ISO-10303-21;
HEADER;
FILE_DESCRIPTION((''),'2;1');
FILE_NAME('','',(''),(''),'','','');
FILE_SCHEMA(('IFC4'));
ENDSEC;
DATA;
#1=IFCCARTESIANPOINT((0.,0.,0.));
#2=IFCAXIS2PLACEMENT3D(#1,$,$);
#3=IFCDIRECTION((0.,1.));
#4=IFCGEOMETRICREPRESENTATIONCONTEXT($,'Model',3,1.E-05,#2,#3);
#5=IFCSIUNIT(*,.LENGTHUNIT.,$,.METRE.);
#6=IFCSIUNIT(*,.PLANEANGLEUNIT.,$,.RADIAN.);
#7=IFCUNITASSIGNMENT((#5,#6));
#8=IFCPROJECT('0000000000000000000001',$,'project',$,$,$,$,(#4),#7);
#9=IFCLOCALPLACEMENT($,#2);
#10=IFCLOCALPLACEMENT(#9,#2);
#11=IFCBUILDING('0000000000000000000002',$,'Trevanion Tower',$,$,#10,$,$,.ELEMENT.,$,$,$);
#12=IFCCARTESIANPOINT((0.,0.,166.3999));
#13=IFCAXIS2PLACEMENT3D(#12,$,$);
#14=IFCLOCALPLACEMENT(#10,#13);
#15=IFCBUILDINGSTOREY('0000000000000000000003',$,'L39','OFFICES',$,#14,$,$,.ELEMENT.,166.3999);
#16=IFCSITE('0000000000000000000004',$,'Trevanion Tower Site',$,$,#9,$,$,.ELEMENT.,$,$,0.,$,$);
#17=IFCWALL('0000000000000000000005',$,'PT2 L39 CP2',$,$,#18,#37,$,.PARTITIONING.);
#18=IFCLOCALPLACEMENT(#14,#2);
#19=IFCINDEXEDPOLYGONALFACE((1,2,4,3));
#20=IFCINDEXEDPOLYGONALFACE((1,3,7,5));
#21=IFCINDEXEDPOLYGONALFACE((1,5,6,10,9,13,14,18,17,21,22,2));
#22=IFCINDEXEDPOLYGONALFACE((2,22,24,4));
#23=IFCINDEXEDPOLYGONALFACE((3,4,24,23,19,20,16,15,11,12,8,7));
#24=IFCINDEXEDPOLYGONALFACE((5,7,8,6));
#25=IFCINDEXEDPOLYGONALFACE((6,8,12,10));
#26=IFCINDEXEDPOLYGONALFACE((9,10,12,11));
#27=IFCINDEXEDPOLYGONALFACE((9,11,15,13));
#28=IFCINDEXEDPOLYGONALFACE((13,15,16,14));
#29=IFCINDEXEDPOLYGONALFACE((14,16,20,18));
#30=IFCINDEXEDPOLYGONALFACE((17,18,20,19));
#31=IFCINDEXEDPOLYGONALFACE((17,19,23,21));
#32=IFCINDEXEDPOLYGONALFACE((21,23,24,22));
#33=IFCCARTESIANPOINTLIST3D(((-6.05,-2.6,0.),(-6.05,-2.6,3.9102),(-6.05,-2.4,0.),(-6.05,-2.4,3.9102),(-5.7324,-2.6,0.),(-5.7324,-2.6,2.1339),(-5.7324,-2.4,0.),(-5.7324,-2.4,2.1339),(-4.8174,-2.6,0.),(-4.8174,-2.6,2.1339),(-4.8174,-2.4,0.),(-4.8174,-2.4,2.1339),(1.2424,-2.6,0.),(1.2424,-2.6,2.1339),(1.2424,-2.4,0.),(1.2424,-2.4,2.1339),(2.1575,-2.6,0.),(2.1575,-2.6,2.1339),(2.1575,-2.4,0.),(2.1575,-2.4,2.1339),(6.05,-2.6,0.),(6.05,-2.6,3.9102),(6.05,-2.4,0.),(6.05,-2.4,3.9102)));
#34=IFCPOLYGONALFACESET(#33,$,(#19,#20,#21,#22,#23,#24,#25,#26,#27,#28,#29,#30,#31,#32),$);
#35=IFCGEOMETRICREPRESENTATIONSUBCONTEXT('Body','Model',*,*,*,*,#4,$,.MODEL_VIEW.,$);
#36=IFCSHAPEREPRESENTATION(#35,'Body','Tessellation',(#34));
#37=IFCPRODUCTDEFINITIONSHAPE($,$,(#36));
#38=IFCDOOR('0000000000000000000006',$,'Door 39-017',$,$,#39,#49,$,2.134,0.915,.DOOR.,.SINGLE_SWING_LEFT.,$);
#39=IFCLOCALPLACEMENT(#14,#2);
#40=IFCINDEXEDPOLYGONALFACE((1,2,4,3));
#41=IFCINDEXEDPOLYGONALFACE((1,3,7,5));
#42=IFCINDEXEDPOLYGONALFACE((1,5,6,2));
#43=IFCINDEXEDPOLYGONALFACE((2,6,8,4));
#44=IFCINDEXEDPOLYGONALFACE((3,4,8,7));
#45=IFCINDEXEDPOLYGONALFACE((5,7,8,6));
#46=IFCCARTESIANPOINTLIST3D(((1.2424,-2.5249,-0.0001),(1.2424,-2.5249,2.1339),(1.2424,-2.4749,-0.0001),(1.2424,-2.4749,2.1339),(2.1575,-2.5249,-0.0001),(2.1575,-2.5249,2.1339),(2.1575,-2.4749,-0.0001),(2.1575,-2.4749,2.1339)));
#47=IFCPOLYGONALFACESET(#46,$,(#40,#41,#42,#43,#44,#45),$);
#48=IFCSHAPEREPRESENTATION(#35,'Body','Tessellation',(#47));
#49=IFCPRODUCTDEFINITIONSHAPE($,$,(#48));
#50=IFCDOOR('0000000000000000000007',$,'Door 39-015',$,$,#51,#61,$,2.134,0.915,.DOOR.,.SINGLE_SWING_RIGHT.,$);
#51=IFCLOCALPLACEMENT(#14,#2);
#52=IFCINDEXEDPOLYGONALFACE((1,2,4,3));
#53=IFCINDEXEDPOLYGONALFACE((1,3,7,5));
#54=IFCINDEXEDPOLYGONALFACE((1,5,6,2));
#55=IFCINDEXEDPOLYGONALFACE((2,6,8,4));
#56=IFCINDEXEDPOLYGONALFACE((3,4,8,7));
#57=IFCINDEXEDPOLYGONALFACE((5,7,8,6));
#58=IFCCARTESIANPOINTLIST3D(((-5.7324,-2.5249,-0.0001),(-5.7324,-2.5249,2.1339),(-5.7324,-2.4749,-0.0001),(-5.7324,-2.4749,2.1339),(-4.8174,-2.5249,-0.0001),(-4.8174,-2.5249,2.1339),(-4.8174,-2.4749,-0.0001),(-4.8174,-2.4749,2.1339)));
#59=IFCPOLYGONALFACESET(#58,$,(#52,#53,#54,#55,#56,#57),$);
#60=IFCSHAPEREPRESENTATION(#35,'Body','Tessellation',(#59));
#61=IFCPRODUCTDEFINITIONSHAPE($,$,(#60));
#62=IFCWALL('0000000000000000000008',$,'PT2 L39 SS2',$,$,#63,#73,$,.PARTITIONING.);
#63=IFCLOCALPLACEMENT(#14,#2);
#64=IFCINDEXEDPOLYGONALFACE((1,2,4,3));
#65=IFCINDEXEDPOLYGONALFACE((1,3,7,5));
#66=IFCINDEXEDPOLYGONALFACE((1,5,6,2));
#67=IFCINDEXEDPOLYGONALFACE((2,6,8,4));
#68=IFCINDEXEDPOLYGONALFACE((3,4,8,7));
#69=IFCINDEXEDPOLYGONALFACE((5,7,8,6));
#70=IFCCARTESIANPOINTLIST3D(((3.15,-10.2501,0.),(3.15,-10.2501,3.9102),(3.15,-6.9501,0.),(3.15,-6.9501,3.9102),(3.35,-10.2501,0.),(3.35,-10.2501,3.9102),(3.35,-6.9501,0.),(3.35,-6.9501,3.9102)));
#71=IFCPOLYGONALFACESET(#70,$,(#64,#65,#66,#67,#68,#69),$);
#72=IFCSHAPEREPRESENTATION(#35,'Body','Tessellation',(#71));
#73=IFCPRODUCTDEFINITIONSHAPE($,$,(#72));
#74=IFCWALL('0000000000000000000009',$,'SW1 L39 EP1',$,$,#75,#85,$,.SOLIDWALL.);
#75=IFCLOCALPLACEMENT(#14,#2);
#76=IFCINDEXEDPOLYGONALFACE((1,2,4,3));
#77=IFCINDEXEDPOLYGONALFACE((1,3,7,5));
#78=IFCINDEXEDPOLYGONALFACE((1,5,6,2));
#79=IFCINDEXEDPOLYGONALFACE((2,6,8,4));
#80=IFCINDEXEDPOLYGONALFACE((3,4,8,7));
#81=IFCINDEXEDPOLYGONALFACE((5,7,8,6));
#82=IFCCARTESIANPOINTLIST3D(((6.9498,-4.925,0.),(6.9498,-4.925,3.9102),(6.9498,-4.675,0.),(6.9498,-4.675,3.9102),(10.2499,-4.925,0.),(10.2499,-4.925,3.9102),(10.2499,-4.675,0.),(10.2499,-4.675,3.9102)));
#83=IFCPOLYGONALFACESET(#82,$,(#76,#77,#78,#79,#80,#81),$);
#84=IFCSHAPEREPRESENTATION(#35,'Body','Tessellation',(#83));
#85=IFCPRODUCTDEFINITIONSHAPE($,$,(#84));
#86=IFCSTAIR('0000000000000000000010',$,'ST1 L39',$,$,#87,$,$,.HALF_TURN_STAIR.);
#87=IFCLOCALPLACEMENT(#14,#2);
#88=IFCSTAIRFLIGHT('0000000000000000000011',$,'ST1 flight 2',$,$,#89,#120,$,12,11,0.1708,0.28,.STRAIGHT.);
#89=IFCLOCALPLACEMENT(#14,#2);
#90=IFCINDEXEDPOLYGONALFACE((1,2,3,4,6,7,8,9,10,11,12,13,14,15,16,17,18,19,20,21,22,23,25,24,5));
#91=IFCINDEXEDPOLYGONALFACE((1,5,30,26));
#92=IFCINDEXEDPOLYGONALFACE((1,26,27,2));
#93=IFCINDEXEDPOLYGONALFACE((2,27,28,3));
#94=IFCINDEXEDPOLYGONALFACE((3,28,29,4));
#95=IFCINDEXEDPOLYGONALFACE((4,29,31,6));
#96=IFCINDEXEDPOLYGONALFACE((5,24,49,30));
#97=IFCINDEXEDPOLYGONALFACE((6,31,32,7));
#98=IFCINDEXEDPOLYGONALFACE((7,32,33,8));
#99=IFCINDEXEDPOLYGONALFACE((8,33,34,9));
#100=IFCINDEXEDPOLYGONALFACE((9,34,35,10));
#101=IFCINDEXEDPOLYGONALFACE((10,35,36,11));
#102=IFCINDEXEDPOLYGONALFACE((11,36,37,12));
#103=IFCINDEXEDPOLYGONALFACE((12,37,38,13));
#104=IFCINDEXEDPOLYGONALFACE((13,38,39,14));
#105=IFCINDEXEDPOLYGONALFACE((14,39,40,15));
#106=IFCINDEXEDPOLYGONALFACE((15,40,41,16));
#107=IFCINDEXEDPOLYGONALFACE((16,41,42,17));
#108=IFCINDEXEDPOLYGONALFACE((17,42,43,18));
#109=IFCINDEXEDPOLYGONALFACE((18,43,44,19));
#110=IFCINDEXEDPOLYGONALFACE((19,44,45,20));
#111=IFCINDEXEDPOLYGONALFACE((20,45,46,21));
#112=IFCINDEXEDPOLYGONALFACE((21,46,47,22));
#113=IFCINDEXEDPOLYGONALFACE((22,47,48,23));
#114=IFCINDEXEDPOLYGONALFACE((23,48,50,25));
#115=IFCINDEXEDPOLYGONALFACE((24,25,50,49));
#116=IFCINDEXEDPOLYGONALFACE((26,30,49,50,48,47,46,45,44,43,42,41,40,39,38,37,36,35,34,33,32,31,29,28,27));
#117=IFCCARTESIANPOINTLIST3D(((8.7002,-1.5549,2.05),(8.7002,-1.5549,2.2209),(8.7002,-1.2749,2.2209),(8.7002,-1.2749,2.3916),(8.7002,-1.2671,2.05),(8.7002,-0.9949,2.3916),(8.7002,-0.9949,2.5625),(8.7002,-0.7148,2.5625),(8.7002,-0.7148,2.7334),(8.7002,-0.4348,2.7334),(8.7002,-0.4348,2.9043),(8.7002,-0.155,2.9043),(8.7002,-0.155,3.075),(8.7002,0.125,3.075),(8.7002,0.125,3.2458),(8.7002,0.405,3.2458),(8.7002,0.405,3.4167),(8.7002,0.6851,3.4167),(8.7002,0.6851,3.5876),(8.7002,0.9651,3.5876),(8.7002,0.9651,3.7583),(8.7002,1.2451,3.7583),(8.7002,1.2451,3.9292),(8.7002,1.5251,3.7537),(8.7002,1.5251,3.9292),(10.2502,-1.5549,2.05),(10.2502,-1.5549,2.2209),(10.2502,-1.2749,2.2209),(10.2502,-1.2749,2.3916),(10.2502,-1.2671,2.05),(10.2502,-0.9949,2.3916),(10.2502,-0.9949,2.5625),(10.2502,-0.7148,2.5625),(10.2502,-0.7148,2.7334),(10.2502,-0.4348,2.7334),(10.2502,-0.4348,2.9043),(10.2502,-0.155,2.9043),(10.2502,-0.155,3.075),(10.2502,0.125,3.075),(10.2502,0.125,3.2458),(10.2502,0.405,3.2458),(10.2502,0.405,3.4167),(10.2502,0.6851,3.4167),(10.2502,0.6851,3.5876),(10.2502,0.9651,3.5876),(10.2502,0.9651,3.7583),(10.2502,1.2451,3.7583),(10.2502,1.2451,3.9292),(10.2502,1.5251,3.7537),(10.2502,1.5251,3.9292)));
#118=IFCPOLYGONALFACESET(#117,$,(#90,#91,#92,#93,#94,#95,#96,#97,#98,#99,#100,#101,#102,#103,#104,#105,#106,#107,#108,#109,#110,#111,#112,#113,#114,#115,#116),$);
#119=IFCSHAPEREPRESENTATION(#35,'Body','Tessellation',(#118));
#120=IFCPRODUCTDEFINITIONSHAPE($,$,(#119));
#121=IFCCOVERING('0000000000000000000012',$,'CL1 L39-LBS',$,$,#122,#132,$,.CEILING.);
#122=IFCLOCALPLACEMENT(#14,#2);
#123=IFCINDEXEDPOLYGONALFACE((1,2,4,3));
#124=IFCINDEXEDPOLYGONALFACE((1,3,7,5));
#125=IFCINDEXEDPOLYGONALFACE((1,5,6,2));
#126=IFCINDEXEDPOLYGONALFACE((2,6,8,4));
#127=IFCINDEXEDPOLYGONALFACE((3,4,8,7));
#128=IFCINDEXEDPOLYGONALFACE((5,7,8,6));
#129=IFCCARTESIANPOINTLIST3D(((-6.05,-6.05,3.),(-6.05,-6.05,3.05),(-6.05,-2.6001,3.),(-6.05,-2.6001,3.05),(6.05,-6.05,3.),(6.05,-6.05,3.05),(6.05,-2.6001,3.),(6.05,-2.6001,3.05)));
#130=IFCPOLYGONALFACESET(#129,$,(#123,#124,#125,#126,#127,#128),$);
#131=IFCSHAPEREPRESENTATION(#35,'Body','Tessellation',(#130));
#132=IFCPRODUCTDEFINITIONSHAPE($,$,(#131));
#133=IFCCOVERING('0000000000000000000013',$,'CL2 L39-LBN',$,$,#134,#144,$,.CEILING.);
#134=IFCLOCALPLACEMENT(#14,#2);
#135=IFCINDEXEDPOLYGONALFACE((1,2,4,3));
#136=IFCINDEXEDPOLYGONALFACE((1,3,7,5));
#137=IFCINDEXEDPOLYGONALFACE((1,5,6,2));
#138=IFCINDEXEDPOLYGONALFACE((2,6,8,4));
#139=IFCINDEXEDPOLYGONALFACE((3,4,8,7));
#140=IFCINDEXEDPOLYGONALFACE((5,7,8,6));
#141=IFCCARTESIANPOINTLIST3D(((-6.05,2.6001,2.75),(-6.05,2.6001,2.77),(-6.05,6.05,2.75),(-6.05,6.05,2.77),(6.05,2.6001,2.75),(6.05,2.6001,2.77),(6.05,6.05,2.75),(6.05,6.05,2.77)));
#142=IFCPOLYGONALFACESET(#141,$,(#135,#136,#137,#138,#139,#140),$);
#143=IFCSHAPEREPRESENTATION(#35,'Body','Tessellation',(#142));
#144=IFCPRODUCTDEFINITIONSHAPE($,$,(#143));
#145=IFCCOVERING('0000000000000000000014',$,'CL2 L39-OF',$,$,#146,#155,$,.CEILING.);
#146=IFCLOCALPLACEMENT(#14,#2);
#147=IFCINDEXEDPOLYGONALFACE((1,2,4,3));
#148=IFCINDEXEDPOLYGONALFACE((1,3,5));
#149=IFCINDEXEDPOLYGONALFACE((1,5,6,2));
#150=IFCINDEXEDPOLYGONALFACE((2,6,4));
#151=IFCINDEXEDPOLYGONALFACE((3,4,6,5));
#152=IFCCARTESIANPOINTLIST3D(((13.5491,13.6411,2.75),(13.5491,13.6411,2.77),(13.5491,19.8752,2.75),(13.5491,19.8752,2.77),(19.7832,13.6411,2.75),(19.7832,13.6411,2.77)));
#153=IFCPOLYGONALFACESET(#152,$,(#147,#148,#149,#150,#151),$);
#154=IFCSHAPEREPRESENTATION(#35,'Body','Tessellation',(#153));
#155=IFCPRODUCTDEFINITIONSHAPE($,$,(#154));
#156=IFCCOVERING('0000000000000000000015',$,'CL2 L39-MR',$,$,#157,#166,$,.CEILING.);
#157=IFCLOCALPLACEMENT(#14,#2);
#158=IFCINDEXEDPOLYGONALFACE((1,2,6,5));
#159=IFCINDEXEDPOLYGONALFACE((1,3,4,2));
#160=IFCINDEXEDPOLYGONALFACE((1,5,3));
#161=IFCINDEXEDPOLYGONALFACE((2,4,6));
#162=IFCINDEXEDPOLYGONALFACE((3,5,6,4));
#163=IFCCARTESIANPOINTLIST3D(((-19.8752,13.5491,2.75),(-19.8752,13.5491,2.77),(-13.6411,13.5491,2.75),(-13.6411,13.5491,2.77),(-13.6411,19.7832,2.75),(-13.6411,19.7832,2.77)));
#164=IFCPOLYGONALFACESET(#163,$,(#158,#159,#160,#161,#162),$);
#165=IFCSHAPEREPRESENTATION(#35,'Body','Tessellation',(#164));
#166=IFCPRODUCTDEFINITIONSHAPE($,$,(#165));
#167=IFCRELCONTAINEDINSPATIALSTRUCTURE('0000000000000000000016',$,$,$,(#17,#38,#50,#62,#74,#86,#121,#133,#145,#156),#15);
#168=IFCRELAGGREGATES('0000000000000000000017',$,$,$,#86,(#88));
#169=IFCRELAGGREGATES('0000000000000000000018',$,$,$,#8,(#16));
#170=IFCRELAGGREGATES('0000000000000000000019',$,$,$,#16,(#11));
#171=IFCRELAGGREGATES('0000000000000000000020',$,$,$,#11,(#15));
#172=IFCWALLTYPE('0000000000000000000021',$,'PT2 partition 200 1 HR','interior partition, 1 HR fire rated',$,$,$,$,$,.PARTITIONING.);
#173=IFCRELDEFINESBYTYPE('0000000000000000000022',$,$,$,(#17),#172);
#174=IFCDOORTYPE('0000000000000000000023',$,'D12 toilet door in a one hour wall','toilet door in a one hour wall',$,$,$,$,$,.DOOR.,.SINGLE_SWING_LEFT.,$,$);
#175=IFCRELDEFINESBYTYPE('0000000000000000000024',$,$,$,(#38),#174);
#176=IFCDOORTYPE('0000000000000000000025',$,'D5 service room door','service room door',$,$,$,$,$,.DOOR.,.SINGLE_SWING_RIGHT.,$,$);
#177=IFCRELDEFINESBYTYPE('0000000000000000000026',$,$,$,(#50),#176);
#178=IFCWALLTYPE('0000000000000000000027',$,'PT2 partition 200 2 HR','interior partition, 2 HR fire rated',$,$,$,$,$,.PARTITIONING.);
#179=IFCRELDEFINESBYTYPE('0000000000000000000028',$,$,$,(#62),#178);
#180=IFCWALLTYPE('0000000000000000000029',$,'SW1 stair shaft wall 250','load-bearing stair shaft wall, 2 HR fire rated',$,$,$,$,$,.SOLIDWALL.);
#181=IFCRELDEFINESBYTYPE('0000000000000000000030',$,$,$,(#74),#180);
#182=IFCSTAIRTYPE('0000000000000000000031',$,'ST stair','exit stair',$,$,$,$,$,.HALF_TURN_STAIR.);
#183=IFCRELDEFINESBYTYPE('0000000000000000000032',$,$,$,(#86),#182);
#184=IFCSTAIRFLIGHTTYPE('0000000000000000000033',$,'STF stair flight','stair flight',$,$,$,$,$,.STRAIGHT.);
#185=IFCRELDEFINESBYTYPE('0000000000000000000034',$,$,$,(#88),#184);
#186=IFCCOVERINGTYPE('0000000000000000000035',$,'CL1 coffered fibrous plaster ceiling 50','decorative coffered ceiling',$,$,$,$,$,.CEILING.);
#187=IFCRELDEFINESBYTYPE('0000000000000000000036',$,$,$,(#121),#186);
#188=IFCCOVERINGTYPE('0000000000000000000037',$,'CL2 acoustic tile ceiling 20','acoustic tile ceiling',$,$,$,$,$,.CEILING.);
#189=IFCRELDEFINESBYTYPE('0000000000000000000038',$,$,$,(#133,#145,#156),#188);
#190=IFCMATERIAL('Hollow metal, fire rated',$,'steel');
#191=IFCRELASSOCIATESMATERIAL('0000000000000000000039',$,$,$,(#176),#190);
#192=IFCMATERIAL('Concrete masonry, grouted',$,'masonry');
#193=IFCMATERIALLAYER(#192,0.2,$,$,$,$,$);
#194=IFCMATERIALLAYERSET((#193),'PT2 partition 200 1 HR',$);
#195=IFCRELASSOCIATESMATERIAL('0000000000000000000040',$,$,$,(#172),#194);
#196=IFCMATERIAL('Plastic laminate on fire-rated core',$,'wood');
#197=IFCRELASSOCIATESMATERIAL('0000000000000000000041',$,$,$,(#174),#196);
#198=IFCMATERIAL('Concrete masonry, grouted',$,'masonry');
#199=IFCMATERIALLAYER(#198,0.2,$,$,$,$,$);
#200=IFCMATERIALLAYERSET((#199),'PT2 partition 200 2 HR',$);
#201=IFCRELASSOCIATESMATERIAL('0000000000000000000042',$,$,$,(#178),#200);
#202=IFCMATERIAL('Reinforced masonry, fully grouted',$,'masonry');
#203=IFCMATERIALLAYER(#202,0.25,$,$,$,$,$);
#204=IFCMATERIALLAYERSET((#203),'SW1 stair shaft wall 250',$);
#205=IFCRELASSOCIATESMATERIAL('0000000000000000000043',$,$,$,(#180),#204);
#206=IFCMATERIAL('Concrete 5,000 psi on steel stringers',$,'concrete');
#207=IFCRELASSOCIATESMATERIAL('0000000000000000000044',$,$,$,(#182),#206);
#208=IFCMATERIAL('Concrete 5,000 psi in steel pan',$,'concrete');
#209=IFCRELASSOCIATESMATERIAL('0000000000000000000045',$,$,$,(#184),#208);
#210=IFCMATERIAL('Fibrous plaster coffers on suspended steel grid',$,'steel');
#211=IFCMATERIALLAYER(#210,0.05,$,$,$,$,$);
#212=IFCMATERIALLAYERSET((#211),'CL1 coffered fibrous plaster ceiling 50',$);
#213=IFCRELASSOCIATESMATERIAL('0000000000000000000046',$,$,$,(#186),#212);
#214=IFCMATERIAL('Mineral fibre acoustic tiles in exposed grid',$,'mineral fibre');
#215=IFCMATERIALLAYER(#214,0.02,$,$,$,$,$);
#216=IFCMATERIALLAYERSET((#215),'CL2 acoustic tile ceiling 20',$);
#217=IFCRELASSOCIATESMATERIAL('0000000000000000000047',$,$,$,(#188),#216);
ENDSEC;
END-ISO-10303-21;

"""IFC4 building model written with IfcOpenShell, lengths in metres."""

from ifc_helpers import new_model, si_unit, direction, frame, frame_2d, origin, place, context, subcontext, project, spatial, polyline, rectangle, outline, extrude, material, layer, layer_set, type_object, element, fill, aggregate, save


model = new_model("IFC4")

# Units and contexts
model_context = context("Model", 3, precision=1e-05, world=origin(), true_north=direction((0.0, 1.0)))
body_context = subcontext(model_context, "Body", "Model", "MODEL_VIEW")
ifc_project = project(units=[si_unit("LENGTHUNIT", "METRE"), si_unit("PLANEANGLEUNIT", "RADIAN")], contexts=[model_context])

# Site, building, storey
site_placement = place(None, origin())
site = spatial("IfcSite", under=ifc_project, at=site_placement, Name="Trevanion Tower Site", CompositionType="ELEMENT", RefElevation=0.0)
building_placement = place(site_placement, origin())
building = spatial("IfcBuilding", under=site, at=building_placement, Name="Trevanion Tower", CompositionType="ELEMENT")
storey_placement = place(building_placement, frame((0.0, 0.0, 166.3999)))
storey = spatial("IfcBuildingStorey", under=building, at=storey_placement, Name="L39", Description="OFFICES", CompositionType="ELEMENT", Elevation=166.3999)

# Shared definitions
ifc_material_1 = material(Name="Hollow metal, fire rated", Category="steel")
door_type_1 = type_object("IfcDoorType", Name="D5 service room door", Description="service room door", OperationType="SINGLE_SWING_RIGHT", PredefinedType="DOOR", material=ifc_material_1)

# Wall, openings, doors
ifc_material_2 = material(Name="Concrete masonry, grouted", Category="masonry")
ifc_layer_1 = layer(ifc_material_2, 0.2)
ifc_layer_set_1 = layer_set([ifc_layer_1], Name="PT2 partition 200 1 HR")
wall_type_1 = type_object("IfcWallType", Name="PT2 partition 200 1 HR", Description="interior partition, 1 HR fire rated", PredefinedType="PARTITIONING", material=ifc_layer_set_1)
wall_1_placement = place(storey_placement, frame((6.05, -2.5, 0.0), z_axis=(0.0, 0.0, 1.0), x_axis=(-1.0, 0.0, 0.0)))
wall_1 = element("IfcWall", 1, at=wall_1_placement, inside=storey, type_object=wall_type_1, Name="PT2 L39 CP2", PredefinedType="PARTITIONING", context=body_context, shape_type="SweptSolid", body=[
    extrude(rectangle(XDim=12.1001, YDim=0.2, at=frame_2d((6.05, 0.0))), origin(), (0.0, 0.0, 1.0), 3.9102),
])
opening_1_placement = place(wall_1_placement, frame((10.8674, 0.0, 0.0)))
opening_1 = element("IfcOpeningElement", 2, at=opening_1_placement, cuts=wall_1, PredefinedType="OPENING", context=body_context, shape_type="SweptSolid", body=[
    extrude(rectangle(XDim=0.915, YDim=2.134, at=frame_2d((0.4575, 1.0669))), frame((0.0, 0.1099, 0.0), z_axis=(0.0, -1.0, 0.0), x_axis=(1.0, 0.0, 0.0)), (0.0, 0.0, 1.0), 0.22),
])
opening_2_placement = place(wall_1_placement, frame((3.8926, 0.0, 0.0)))
opening_2 = element("IfcOpeningElement", 3, at=opening_2_placement, cuts=wall_1, PredefinedType="OPENING", context=body_context, shape_type="SweptSolid", body=[
    extrude(rectangle(XDim=0.915, YDim=2.134, at=frame_2d((0.4575, 1.0669))), frame((0.0, 0.1099, 0.0), z_axis=(0.0, -1.0, 0.0), x_axis=(1.0, 0.0, 0.0)), (0.0, 0.0, 1.0), 0.22),
])
ifc_material_3 = material(Name="Plastic laminate on fire-rated core", Category="wood")
door_type_2 = type_object("IfcDoorType", Name="D12 toilet door in a one hour wall", Description="toilet door in a one hour wall", OperationType="SINGLE_SWING_LEFT", PredefinedType="DOOR", material=ifc_material_3)
door_1_placement = place(opening_2_placement, origin())
door_1 = element("IfcDoor", 4, at=door_1_placement, inside=storey, type_object=door_type_2, Name="Door 39-017", OperationType="SINGLE_SWING_LEFT", OverallHeight=2.134, OverallWidth=0.915, PredefinedType="DOOR", context=body_context, shape_type="SweptSolid", body=[
    extrude(rectangle(XDim=0.915, YDim=2.134, at=frame_2d((0.4575, 1.0669))), frame((0.0, 0.0249, 0.0), z_axis=(0.0, -1.0, 0.0), x_axis=(1.0, 0.0, 0.0)), (0.0, 0.0, 1.0), 0.05),
])
fill(opening_2, door_1)
door_2_placement = place(opening_1_placement, origin())
door_2 = element("IfcDoor", 5, at=door_2_placement, inside=storey, type_object=door_type_1, Name="Door 39-015", OperationType="SINGLE_SWING_RIGHT", OverallHeight=2.134, OverallWidth=0.915, PredefinedType="DOOR", context=body_context, shape_type="SweptSolid", body=[
    extrude(rectangle(XDim=0.915, YDim=2.134, at=frame_2d((0.4575, 1.0669))), frame((0.0, 0.0249, 0.0), z_axis=(0.0, -1.0, 0.0), x_axis=(1.0, 0.0, 0.0)), (0.0, 0.0, 1.0), 0.05),
])
fill(opening_1, door_2)

# Walls
ifc_material_4 = material(Name="Concrete masonry, grouted", Category="masonry")
ifc_layer_2 = layer(ifc_material_4, 0.2)
ifc_layer_set_2 = layer_set([ifc_layer_2], Name="PT2 partition 200 2 HR")
wall_type_2 = type_object("IfcWallType", Name="PT2 partition 200 2 HR", Description="interior partition, 2 HR fire rated", PredefinedType="PARTITIONING", material=ifc_layer_set_2)
wall_2_placement = place(storey_placement, frame((3.25, -10.25, 0.0), z_axis=(0.0, 0.0, 1.0), x_axis=(0.0, 1.0, 0.0)))
element("IfcWall", 6, at=wall_2_placement, inside=storey, type_object=wall_type_2, Name="PT2 L39 SS2", PredefinedType="PARTITIONING", context=body_context, shape_type="SweptSolid", body=[
    extrude(rectangle(XDim=3.3, YDim=0.2, at=frame_2d((1.6499, 0.0))), origin(), (0.0, 0.0, 1.0), 3.9102),
])
ifc_material_5 = material(Name="Reinforced masonry, fully grouted", Category="masonry")
ifc_layer_3 = layer(ifc_material_5, 0.25)
ifc_layer_set_3 = layer_set([ifc_layer_3], Name="SW1 stair shaft wall 250")
wall_type_3 = type_object("IfcWallType", Name="SW1 stair shaft wall 250", Description="load-bearing stair shaft wall, 2 HR fire rated", PredefinedType="SOLIDWALL", material=ifc_layer_set_3)
wall_3_placement = place(storey_placement, frame((6.95, -4.8, 0.0), z_axis=(0.0, 0.0, 1.0), x_axis=(1.0, 0.0, 0.0)))
element("IfcWall", 7, at=wall_3_placement, inside=storey, type_object=wall_type_3, Name="SW1 L39 EP1", PredefinedType="SOLIDWALL", context=body_context, shape_type="SweptSolid", body=[
    extrude(rectangle(XDim=3.3, YDim=0.25, at=frame_2d((1.6499, 0.0))), origin(), (0.0, 0.0, 1.0), 3.9102),
])

# Stair, stair flight
ifc_material_6 = material(Name="Concrete 5,000 psi on steel stringers", Category="concrete")
stair_type = type_object("IfcStairType", Name="ST stair", Description="exit stair", PredefinedType="HALF_TURN_STAIR", material=ifc_material_6)
stair_placement = place(storey_placement, origin())
stair = element("IfcStair", 8, at=stair_placement, inside=storey, type_object=stair_type, Name="ST1 L39", PredefinedType="HALF_TURN_STAIR")
ifc_material_7 = material(Name="Concrete 5,000 psi in steel pan", Category="concrete")
stair_flight_type = type_object("IfcStairFlightType", Name="STF stair flight", Description="stair flight", PredefinedType="STRAIGHT", material=ifc_material_7)
stair_flight_placement = place(storey_placement, frame((9.4751, -1.5549, 2.05), z_axis=(0.0, 0.0, 1.0), x_axis=(0.0, 1.0, 0.0)))
stair_flight = element("IfcStairFlight", 9, at=stair_flight_placement, type_object=stair_flight_type, Name="ST1 flight 2", NumberOfRisers=12, NumberOfTreads=11, PredefinedType="STRAIGHT", RiserHeight=0.1708, TreadLength=0.28, context=body_context, shape_type="SweptSolid", body=[
    extrude(outline(polyline([(0.0, 0.0), (0.0, 0.1709), (0.28, 0.1709), (0.28, 0.3416), (0.5601, 0.3416), (0.5601, 0.5125), (0.8401, 0.5125), (0.8401, 0.6833), (1.1201, 0.6833), (1.1201, 0.8542), (1.3999, 0.8542), (1.3999, 1.0249), (1.6799, 1.0249), (1.6799, 1.1958), (1.96, 1.1958), (1.96, 1.3667), (2.24, 1.3667), (2.24, 1.5376), (2.52, 1.5376), (2.52, 1.7083), (2.8, 1.7083), (2.8, 1.8792), (3.0801, 1.8792), (3.0801, 2.05), (3.0801, 1.7036), (0.2878, 0.0), (0.0, 0.0)])), frame((0.0, 0.7749, 0.0), z_axis=(0.0, -1.0, 0.0), x_axis=(1.0, 0.0, 0.0)), (0.0, 0.0, 1.0), 1.55),
])
aggregate(stair, [stair_flight])

# Coverings
ifc_material_8 = material(Name="Fibrous plaster coffers on suspended steel grid", Category="steel")
ifc_layer_4 = layer(ifc_material_8, 0.05)
ifc_layer_set_4 = layer_set([ifc_layer_4], Name="CL1 coffered fibrous plaster ceiling 50")
covering_type_1 = type_object("IfcCoveringType", Name="CL1 coffered fibrous plaster ceiling 50", Description="decorative coffered ceiling", PredefinedType="CEILING", material=ifc_layer_set_4)
covering_1_placement = place(storey_placement, frame((0.0, 0.0, 3.0)))
element("IfcCovering", 10, at=covering_1_placement, inside=storey, type_object=covering_type_1, Name="CL1 L39-LBS", PredefinedType="CEILING", context=body_context, shape_type="SweptSolid", body=[
    extrude(outline(polyline([(6.05, -6.05), (6.05, -2.6001), (-6.05, -2.6001), (-6.05, -6.05), (6.05, -6.05)])), origin(), (0.0, 0.0, 1.0), 0.05),
])
ifc_material_9 = material(Name="Mineral fibre acoustic tiles in exposed grid", Category="mineral fibre")
ifc_layer_5 = layer(ifc_material_9, 0.02)
ifc_layer_set_5 = layer_set([ifc_layer_5], Name="CL2 acoustic tile ceiling 20")
covering_type_2 = type_object("IfcCoveringType", Name="CL2 acoustic tile ceiling 20", Description="acoustic tile ceiling", PredefinedType="CEILING", material=ifc_layer_set_5)
covering_2_placement = place(storey_placement, frame((0.0, 0.0, 2.75)))
element("IfcCovering", 11, at=covering_2_placement, inside=storey, type_object=covering_type_2, Name="CL2 L39-LBN", PredefinedType="CEILING", context=body_context, shape_type="SweptSolid", body=[
    extrude(outline(polyline([(6.05, 2.6001), (6.05, 6.05), (-6.05, 6.05), (-6.05, 2.6001), (6.05, 2.6001)])), origin(), (0.0, 0.0, 1.0), 0.02),
])
covering_3_placement = place(storey_placement, frame((0.0, 0.0, 2.75)))
element("IfcCovering", 12, at=covering_3_placement, inside=storey, type_object=covering_type_2, Name="CL2 L39-OF", PredefinedType="CEILING", context=body_context, shape_type="SweptSolid", body=[
    extrude(outline(polyline([(13.5491, 19.8752), (19.7832, 13.6411), (13.5491, 13.6411), (13.5491, 19.8752)])), origin(), (0.0, 0.0, 1.0), 0.02),
])
covering_4_placement = place(storey_placement, frame((0.0, 0.0, 2.75)))
element("IfcCovering", 13, at=covering_4_placement, inside=storey, type_object=covering_type_2, Name="CL2 L39-MR", PredefinedType="CEILING", context=body_context, shape_type="SweptSolid", body=[
    extrude(outline(polyline([(-19.8752, 13.5491), (-13.6411, 19.7832), (-13.6411, 13.5491), (-19.8752, 13.5491)])), origin(), (0.0, 0.0, 1.0), 0.02),
])

save(model, "model.ifc")
